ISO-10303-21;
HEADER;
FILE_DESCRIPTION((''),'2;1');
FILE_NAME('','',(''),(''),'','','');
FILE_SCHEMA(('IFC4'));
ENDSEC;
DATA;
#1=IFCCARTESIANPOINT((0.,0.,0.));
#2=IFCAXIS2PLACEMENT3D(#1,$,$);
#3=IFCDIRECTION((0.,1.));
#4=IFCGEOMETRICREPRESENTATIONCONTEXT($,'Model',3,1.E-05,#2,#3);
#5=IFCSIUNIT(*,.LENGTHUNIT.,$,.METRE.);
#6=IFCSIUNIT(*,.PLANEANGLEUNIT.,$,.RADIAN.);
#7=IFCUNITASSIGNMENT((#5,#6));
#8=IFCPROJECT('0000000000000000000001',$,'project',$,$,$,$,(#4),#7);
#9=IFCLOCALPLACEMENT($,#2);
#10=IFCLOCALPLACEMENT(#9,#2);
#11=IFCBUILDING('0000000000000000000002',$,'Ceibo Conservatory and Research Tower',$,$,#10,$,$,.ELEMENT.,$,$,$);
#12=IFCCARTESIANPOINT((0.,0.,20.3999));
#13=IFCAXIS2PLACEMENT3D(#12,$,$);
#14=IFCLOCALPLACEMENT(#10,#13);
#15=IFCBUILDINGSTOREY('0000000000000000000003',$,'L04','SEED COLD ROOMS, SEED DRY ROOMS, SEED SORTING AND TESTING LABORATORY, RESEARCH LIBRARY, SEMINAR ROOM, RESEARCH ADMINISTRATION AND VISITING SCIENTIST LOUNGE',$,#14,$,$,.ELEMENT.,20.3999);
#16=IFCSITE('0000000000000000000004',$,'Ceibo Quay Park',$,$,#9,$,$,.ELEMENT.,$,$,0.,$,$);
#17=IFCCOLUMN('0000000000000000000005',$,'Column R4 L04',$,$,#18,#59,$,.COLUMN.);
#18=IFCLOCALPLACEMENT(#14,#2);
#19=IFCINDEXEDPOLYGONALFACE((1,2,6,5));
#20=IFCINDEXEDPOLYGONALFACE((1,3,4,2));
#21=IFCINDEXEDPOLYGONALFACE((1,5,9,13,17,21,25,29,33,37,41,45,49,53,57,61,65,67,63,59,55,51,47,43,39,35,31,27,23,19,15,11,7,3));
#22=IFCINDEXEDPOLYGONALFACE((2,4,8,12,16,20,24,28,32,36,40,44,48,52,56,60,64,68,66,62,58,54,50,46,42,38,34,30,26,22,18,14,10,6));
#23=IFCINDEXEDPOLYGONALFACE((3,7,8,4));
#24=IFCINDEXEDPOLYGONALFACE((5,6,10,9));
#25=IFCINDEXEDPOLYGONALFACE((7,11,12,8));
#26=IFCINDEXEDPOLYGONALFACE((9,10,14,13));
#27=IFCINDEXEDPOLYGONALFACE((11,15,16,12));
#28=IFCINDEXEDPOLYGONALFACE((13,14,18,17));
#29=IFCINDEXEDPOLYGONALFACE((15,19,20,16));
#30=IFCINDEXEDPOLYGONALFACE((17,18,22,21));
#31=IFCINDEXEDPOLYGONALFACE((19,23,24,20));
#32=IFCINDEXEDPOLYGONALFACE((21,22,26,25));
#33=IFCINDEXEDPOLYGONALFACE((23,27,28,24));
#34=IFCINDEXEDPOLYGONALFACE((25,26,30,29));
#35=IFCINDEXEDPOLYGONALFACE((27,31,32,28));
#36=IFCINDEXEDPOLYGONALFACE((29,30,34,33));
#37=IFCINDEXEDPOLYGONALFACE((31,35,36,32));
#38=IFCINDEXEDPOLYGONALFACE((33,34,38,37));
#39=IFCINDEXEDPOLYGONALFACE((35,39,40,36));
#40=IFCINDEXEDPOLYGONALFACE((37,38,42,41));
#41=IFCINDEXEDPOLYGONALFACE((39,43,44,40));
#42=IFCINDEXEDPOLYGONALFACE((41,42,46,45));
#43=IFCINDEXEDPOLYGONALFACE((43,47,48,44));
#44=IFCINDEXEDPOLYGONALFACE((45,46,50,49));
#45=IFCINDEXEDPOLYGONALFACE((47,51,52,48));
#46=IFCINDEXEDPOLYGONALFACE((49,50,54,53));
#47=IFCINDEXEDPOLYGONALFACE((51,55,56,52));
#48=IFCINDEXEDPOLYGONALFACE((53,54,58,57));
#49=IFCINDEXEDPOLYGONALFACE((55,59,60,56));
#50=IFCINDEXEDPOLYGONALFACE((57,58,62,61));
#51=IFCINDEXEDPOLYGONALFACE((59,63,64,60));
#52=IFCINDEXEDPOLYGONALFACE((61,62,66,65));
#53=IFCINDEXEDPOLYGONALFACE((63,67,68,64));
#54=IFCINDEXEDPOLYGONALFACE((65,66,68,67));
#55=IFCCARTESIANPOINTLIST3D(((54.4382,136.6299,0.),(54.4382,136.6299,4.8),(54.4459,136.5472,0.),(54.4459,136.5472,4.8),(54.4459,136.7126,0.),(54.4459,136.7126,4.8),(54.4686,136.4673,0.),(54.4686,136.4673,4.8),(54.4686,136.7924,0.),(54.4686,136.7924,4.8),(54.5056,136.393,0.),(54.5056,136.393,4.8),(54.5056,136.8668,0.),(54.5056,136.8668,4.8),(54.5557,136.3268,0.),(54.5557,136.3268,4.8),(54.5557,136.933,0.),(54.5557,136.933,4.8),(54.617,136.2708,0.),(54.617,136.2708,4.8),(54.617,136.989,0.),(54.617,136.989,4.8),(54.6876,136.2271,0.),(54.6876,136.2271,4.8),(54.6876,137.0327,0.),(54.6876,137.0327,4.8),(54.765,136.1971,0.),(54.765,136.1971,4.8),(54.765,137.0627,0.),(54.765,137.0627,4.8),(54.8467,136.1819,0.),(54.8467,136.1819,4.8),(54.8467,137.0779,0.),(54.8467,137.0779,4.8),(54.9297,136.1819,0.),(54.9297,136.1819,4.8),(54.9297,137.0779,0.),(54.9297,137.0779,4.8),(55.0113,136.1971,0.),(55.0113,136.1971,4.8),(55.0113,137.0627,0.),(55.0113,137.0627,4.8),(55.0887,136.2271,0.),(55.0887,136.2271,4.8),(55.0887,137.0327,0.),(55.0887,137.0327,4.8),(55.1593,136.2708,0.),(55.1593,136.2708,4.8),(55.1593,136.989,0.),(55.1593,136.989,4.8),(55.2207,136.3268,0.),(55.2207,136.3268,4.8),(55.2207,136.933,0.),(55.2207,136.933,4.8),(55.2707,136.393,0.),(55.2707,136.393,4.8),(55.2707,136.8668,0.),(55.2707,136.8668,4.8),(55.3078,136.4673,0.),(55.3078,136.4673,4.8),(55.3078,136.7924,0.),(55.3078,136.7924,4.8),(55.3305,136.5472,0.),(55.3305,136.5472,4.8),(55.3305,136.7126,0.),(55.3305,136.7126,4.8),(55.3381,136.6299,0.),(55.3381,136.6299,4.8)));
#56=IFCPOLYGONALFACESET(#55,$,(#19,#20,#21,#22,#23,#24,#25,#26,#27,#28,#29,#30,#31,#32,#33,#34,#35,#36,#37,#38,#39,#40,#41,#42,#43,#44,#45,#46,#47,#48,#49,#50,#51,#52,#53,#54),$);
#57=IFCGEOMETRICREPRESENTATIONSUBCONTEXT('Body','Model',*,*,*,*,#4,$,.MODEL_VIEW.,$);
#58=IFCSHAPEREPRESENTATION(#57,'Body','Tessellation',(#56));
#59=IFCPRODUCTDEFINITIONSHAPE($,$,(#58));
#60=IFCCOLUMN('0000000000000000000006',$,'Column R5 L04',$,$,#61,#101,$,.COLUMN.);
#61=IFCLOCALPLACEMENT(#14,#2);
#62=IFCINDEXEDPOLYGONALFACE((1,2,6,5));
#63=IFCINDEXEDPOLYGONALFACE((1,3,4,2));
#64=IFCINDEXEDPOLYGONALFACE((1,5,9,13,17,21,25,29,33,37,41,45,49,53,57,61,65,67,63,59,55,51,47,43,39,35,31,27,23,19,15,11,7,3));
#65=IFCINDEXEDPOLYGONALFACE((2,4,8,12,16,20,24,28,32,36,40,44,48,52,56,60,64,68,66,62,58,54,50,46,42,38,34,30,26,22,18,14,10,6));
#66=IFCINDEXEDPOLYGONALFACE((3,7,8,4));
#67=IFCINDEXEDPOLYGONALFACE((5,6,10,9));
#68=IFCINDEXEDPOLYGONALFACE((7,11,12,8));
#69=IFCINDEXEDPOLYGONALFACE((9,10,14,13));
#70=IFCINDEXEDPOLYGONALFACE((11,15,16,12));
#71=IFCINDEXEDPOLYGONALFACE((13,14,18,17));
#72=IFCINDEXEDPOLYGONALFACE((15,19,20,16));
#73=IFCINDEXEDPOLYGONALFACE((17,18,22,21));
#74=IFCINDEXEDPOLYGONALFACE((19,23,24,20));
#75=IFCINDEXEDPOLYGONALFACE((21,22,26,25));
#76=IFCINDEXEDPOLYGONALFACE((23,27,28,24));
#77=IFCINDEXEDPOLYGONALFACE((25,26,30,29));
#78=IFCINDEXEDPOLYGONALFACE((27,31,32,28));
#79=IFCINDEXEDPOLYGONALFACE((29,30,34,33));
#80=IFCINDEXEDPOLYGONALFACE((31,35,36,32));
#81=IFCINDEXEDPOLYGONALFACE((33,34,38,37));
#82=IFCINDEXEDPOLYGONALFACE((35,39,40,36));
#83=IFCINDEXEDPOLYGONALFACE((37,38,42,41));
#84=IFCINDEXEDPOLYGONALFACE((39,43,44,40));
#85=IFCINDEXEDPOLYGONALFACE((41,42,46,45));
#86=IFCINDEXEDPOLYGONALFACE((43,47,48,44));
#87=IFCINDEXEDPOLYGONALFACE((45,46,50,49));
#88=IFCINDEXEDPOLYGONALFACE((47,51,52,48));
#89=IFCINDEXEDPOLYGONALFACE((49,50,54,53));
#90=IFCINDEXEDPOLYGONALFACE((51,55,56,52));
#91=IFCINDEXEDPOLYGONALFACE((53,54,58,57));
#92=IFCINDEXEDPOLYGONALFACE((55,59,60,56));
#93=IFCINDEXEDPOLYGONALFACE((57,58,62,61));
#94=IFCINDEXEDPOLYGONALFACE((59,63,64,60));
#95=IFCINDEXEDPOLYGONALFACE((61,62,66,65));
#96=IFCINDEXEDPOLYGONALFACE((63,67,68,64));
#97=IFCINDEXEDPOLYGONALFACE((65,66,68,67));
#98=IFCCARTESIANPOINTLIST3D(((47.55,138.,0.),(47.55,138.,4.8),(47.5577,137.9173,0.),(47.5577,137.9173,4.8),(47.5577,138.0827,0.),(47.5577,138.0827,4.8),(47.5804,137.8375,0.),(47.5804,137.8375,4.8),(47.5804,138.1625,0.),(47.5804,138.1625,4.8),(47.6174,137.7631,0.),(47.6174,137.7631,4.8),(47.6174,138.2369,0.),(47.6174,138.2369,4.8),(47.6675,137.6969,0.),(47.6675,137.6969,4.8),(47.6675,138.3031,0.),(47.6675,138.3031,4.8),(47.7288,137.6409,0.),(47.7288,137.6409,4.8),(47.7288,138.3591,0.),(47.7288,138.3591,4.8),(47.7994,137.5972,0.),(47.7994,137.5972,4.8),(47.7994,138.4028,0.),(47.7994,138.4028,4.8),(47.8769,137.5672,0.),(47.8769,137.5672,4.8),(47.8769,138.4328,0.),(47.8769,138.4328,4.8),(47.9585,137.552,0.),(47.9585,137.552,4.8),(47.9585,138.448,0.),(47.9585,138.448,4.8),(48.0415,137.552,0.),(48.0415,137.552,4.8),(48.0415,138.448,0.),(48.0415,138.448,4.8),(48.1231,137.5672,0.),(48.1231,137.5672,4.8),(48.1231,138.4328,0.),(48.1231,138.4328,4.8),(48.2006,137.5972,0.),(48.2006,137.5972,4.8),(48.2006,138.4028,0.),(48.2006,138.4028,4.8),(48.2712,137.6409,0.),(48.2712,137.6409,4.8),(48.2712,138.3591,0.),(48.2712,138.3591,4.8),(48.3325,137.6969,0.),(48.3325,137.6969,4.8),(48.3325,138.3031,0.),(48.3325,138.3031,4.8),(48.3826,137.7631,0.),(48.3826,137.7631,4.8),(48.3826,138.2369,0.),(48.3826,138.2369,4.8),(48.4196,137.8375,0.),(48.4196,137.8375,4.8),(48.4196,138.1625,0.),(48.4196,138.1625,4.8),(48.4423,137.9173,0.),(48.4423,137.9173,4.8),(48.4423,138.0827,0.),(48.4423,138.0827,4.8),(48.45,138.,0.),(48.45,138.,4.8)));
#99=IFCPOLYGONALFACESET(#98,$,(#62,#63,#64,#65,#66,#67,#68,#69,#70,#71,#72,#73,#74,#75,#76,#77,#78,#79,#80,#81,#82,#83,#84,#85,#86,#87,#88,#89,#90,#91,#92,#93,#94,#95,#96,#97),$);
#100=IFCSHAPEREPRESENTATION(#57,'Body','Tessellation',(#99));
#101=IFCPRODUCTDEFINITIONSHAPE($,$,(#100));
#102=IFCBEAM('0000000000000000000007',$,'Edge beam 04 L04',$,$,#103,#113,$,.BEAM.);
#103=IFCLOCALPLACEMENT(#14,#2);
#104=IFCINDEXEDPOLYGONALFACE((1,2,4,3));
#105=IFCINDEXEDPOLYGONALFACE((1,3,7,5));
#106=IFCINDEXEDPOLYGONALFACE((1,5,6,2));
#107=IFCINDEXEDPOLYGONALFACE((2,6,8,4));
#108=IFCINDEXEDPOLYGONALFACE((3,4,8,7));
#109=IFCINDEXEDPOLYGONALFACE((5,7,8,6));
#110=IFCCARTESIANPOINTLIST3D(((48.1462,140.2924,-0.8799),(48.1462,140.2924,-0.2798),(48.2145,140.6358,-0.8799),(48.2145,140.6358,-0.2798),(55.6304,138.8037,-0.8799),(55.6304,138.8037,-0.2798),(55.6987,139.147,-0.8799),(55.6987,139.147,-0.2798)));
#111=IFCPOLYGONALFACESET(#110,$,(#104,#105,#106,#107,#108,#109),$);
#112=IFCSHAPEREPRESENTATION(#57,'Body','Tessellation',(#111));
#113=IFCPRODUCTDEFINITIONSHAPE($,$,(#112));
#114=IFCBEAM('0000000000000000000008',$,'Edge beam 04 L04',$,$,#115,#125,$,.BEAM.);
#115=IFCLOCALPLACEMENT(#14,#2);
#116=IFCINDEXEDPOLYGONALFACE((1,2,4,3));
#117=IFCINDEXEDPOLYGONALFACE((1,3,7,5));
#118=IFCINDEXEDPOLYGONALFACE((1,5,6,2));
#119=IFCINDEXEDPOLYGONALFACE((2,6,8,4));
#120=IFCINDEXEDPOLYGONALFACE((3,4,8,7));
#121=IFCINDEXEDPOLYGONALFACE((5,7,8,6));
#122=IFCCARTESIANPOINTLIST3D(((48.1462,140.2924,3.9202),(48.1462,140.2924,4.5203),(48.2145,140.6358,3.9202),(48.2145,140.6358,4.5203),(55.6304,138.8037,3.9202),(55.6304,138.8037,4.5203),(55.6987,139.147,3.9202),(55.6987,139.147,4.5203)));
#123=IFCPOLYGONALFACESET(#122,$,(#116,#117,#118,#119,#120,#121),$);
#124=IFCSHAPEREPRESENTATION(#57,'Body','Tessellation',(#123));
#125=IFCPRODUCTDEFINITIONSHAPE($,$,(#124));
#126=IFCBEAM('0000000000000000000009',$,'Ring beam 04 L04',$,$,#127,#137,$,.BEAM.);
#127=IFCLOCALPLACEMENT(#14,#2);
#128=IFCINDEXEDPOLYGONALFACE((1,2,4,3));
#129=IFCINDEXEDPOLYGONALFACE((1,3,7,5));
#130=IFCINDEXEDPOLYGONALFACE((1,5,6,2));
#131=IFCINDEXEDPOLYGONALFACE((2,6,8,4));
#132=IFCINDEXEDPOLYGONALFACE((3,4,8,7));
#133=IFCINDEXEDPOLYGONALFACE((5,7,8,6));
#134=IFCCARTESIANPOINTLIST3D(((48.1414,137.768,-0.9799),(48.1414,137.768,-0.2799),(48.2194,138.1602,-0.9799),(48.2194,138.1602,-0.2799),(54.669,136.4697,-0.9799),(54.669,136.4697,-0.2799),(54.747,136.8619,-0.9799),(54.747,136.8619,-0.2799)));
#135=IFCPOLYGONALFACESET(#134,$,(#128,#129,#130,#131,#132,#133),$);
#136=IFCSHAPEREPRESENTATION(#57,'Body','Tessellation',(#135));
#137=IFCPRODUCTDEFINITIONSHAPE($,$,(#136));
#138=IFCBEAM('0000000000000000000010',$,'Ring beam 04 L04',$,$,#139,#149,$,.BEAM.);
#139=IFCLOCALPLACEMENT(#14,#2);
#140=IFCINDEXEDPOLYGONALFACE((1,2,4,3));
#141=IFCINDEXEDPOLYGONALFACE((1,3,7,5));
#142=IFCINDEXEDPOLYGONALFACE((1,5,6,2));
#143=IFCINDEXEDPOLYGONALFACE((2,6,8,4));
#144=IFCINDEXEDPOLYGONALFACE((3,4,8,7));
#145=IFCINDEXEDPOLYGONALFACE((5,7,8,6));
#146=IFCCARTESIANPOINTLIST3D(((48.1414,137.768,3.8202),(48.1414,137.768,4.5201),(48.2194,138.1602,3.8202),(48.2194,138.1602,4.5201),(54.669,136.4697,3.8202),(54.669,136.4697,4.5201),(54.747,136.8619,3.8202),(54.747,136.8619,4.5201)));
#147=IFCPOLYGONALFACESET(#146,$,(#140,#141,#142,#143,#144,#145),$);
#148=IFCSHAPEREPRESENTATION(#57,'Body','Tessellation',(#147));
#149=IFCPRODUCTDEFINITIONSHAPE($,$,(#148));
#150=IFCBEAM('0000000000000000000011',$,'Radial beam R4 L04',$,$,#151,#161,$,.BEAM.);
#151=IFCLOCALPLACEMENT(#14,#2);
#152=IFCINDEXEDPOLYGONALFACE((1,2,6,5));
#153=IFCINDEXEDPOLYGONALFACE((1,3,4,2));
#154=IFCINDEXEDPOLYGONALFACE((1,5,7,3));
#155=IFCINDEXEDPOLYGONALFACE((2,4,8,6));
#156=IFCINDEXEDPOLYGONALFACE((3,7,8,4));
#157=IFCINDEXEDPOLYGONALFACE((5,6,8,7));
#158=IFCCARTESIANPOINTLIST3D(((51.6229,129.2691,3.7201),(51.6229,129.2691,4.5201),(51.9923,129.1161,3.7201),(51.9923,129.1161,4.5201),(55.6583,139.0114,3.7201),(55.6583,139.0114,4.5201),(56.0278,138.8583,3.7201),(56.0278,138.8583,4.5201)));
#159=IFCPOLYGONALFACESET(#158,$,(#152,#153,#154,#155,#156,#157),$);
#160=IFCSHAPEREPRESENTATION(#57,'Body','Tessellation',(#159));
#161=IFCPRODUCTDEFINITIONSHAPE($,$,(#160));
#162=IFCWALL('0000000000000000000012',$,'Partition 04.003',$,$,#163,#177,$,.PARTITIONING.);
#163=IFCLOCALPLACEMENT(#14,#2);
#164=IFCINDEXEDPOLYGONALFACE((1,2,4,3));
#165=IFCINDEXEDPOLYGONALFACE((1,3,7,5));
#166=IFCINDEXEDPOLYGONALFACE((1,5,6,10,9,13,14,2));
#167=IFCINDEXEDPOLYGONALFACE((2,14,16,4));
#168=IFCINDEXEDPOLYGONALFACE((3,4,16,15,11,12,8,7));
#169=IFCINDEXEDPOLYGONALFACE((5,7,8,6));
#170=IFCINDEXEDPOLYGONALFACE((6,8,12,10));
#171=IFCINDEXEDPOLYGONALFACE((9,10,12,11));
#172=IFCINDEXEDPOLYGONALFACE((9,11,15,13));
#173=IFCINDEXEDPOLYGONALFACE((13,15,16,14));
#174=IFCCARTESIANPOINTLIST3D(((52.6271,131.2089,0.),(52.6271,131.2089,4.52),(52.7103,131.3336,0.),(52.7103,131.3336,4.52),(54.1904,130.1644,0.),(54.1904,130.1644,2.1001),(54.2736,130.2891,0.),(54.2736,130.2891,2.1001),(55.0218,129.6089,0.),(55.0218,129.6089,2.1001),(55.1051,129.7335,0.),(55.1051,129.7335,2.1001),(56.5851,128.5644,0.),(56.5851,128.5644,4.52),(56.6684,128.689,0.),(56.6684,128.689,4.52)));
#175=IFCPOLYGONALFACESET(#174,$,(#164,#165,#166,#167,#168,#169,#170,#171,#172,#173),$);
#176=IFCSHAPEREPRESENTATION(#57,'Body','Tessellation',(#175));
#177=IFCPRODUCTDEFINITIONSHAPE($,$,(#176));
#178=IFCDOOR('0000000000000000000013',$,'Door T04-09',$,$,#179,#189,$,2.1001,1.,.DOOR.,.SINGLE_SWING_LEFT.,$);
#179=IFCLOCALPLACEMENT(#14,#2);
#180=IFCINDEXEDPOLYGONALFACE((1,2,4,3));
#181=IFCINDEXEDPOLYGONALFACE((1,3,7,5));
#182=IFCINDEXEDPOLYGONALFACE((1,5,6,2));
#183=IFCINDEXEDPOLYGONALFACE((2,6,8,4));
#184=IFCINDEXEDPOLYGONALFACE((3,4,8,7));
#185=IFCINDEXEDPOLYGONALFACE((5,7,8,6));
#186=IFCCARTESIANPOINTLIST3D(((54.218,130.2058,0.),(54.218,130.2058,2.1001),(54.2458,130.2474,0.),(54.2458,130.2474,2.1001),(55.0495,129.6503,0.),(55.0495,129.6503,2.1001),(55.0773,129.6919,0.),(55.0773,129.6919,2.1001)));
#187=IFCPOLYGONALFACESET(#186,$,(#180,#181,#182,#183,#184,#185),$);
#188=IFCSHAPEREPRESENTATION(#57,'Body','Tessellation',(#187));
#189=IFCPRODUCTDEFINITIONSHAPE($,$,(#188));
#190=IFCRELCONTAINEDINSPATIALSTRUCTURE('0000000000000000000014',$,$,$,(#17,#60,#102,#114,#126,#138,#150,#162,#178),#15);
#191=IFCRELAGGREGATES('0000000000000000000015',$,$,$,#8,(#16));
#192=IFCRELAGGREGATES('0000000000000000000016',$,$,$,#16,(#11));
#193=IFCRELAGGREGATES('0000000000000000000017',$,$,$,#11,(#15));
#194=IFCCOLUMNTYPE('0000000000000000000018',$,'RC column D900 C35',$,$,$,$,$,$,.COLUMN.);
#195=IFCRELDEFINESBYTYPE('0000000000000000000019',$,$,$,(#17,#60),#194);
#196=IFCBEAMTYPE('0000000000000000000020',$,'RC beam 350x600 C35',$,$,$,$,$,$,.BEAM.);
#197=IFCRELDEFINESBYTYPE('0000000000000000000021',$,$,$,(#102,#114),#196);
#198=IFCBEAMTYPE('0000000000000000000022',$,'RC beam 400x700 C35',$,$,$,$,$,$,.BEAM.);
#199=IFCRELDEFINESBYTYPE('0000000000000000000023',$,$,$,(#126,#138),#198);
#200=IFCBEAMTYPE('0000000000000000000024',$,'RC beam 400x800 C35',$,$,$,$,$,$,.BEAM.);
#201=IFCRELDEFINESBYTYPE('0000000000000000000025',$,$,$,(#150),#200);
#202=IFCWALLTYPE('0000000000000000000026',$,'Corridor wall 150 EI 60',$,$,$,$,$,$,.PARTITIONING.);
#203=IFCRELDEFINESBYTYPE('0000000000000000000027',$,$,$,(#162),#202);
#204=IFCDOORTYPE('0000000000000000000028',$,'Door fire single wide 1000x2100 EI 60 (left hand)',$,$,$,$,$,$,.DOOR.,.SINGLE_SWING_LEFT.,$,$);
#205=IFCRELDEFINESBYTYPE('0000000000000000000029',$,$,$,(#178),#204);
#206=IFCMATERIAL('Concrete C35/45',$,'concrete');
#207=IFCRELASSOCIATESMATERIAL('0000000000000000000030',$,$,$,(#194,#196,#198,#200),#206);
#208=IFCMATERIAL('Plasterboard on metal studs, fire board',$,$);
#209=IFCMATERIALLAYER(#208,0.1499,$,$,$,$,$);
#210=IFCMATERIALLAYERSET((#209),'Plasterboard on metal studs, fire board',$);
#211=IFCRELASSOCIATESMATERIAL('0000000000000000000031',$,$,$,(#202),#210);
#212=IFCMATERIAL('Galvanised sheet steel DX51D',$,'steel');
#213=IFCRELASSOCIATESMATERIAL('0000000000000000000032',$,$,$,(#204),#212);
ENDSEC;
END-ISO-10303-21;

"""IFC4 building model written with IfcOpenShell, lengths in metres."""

from ifc_helpers import new_model, si_unit, direction, frame, frame_2d, origin, origin_2d, place, context, subcontext, project, spatial, rectangle, circle, extrude, material, layer, layer_set, material_profile, profile_set, type_object, element, fill, save


model = new_model("IFC4")

# Units and contexts
model_context = context("Model", 3, precision=1e-05, world=origin(), true_north=direction((0.0, 1.0)))
body_context = subcontext(model_context, "Body", "Model", "MODEL_VIEW")
ifc_project = project(units=[si_unit("LENGTHUNIT", "METRE"), si_unit("PLANEANGLEUNIT", "RADIAN")], contexts=[model_context])

# Site, building, storey
site_placement = place(None, origin())
site = spatial("IfcSite", under=ifc_project, at=site_placement, Name="Ceibo Quay Park", CompositionType="ELEMENT", RefElevation=0.0)
building_placement = place(site_placement, origin())
building = spatial("IfcBuilding", under=site, at=building_placement, Name="Ceibo Conservatory and Research Tower", CompositionType="ELEMENT")
storey_placement = place(building_placement, frame((0.0, 0.0, 20.3999)))
storey = spatial("IfcBuildingStorey", under=building, at=storey_placement, Name="L04", Description="SEED COLD ROOMS, SEED DRY ROOMS, SEED SORTING AND TESTING LABORATORY, RESEARCH LIBRARY, SEMINAR ROOM, RESEARCH ADMINISTRATION AND VISITING SCIENTIST LOUNGE", CompositionType="ELEMENT", Elevation=20.3999)

# Columns
ifc_material_1 = material(Name="Concrete C35/45", Category="concrete")
ifc_material_profile_1 = material_profile(ifc_material_1, circle(Radius=0.45, at=origin_2d()), Name="RC D900")
ifc_profile_set_1 = profile_set([ifc_material_profile_1], Name="Concrete C35/45")
column_type = type_object("IfcColumnType", Name="RC column D900 C35", PredefinedType="COLUMN", material=ifc_profile_set_1)
for number, where, z_axis, x_axis, name in (
    (1, (54.8882, 136.6299, 0.0), (0.0, 0.0, 1.0), (1.0, 0.0, 0.0), "Column R4 L04"),
    (2, (48.0, 138.0, 0.0), (0.0, 0.0, 1.0), (1.0, 0.0, 0.0), "Column R5 L04"),
):
    element("IfcColumn", number, at=place(storey_placement, frame(where, z_axis=z_axis, x_axis=x_axis)), inside=storey, type_object=column_type, Name=name, PredefinedType="COLUMN", context=body_context, shape_type="SweptSolid", body=[
        extrude(circle(Radius=0.45, at=origin_2d()), origin(), (0.0, 0.0, 1.0), 4.8),
    ])

# Beams
ifc_material_profile_2 = material_profile(ifc_material_1, rectangle(XDim=0.3501, YDim=0.6001, at=origin_2d()), Name="RC 350x600")
ifc_profile_set_2 = profile_set([ifc_material_profile_2], Name="Concrete C35/45")
beam_type_1 = type_object("IfcBeamType", Name="RC beam 350x600 C35", PredefinedType="BEAM", material=ifc_profile_set_2)
for number, where, z_axis, x_axis, name in (
    (3, (55.6646, 138.9753, -0.5798), (-0.980783, 0.195101, 0.0), (-0.195101, -0.980783, 0.0), "Edge beam 04 L04"),
    (4, (55.6646, 138.9753, 4.2202), (-0.980783, 0.195101, 0.0), (-0.195101, -0.980783, 0.0), "Edge beam 04 L04"),
):
    element("IfcBeam", number, at=place(storey_placement, frame(where, z_axis=z_axis, x_axis=x_axis)), inside=storey, type_object=beam_type_1, Name=name, PredefinedType="BEAM", context=body_context, shape_type="SweptSolid", body=[
        extrude(rectangle(XDim=0.3501, YDim=0.6001, at=origin_2d()), origin(), (0.0, 0.0, 1.0), 7.6309),
    ])
ifc_material_profile_3 = material_profile(ifc_material_1, rectangle(XDim=0.3999, YDim=0.7, at=origin_2d()), Name="RC 400x700")
ifc_profile_set_3 = profile_set([ifc_material_profile_3], Name="Concrete C35/45")
beam_type_2 = type_object("IfcBeamType", Name="RC beam 400x700 C35", PredefinedType="BEAM", material=ifc_profile_set_3)
for number, where, z_axis, x_axis, name in (
    (5, (54.708, 136.6658, -0.6299), (-0.980788, 0.195079, 0.0), (-0.195079, -0.980788, 0.0), "Ring beam 04 L04"),
    (6, (54.708, 136.6658, 4.1702), (-0.980788, 0.195079, 0.0), (-0.195079, -0.980788, 0.0), "Ring beam 04 L04"),
):
    element("IfcBeam", number, at=place(storey_placement, frame(where, z_axis=z_axis, x_axis=x_axis)), inside=storey, type_object=beam_type_2, Name=name, PredefinedType="BEAM", context=body_context, shape_type="SweptSolid", body=[
        extrude(rectangle(XDim=0.3999, YDim=0.7, at=origin_2d()), origin(), (0.0, 0.0, 1.0), 6.6555),
    ])
ifc_material_profile_4 = material_profile(ifc_material_1, rectangle(XDim=0.3999, YDim=0.8, at=origin_2d()), Name="RC 400x800")
ifc_profile_set_4 = profile_set([ifc_material_profile_4], Name="Concrete C35/45")
beam_type_3 = type_object("IfcBeamType", Name="RC beam 400x800 C35", PredefinedType="BEAM", material=ifc_profile_set_4)
beam_placement = place(storey_placement, frame((51.8076, 129.1926, 4.1201), z_axis=(0.382688, 0.923878, 0.0), x_axis=(-0.923878, 0.382688, 0.0)))
element("IfcBeam", 7, at=beam_placement, inside=storey, type_object=beam_type_3, Name="Radial beam R4 L04", PredefinedType="BEAM", context=body_context, shape_type="SweptSolid", body=[
    extrude(rectangle(XDim=0.3999, YDim=0.8, at=origin_2d()), origin(), (0.0, 0.0, 1.0), 10.5449),
])

# Wall, opening, door
ifc_material_2 = material(Name="Plasterboard on metal studs, fire board")
ifc_layer_1 = layer(ifc_material_2, 0.1499)
ifc_layer_set_1 = layer_set([ifc_layer_1], Name="Plasterboard on metal studs, fire board")
wall_type_1 = type_object("IfcWallType", Name="Corridor wall 150 EI 60", PredefinedType="PARTITIONING", material=ifc_layer_set_1)
wall_1_placement = place(storey_placement, frame((52.6687, 131.2712, 0.0), z_axis=(0.0, 0.0, 1.0), x_axis=(0.831482, -0.555552, 0.0)))
wall_1 = element("IfcWall", 8, at=wall_1_placement, inside=storey, type_object=wall_type_1, Name="Partition 04.003", PredefinedType="PARTITIONING", context=body_context, shape_type="SweptSolid", body=[
    extrude(rectangle(XDim=4.7603, YDim=0.1499, at=frame_2d((2.3801, 0.0))), origin(), (0.0, 0.0, 1.0), 4.52),
])
opening_1_placement = place(wall_1_placement, frame((1.8801, 0.0, 0.0)))
opening_1 = element("IfcOpeningElement", 9, at=opening_1_placement, cuts=wall_1, PredefinedType="OPENING", context=body_context, shape_type="SweptSolid", body=[
    extrude(rectangle(XDim=1.0, YDim=2.1001, at=frame_2d((0.5, 1.05))), frame((0.0, 0.085, 0.0), z_axis=(0.0, -1.0, 0.0), x_axis=(1.0, 0.0, 0.0)), (0.0, 0.0, 1.0), 0.1699),
])
ifc_material_3 = material(Name="Galvanised sheet steel DX51D", Category="steel")
door_type = type_object("IfcDoorType", Name="Door fire single wide 1000x2100 EI 60 (left hand)", OperationType="SINGLE_SWING_LEFT", PredefinedType="DOOR", material=ifc_material_3)
door_placement = place(opening_1_placement, origin())
door = element("IfcDoor", 10, at=door_placement, inside=storey, type_object=door_type, Name="Door T04-09", OperationType="SINGLE_SWING_LEFT", OverallHeight=2.1001, OverallWidth=1.0, PredefinedType="DOOR", context=body_context, shape_type="SweptSolid", body=[
    extrude(rectangle(XDim=1.0, YDim=2.1001, at=frame_2d((0.5, 1.05))), frame((0.0, 0.0249, 0.0), z_axis=(0.0, -1.0, 0.0), x_axis=(1.0, 0.0, 0.0)), (0.0, 0.0, 1.0), 0.05),
])
fill(opening_1, door)

save(model, "model.ifc")
